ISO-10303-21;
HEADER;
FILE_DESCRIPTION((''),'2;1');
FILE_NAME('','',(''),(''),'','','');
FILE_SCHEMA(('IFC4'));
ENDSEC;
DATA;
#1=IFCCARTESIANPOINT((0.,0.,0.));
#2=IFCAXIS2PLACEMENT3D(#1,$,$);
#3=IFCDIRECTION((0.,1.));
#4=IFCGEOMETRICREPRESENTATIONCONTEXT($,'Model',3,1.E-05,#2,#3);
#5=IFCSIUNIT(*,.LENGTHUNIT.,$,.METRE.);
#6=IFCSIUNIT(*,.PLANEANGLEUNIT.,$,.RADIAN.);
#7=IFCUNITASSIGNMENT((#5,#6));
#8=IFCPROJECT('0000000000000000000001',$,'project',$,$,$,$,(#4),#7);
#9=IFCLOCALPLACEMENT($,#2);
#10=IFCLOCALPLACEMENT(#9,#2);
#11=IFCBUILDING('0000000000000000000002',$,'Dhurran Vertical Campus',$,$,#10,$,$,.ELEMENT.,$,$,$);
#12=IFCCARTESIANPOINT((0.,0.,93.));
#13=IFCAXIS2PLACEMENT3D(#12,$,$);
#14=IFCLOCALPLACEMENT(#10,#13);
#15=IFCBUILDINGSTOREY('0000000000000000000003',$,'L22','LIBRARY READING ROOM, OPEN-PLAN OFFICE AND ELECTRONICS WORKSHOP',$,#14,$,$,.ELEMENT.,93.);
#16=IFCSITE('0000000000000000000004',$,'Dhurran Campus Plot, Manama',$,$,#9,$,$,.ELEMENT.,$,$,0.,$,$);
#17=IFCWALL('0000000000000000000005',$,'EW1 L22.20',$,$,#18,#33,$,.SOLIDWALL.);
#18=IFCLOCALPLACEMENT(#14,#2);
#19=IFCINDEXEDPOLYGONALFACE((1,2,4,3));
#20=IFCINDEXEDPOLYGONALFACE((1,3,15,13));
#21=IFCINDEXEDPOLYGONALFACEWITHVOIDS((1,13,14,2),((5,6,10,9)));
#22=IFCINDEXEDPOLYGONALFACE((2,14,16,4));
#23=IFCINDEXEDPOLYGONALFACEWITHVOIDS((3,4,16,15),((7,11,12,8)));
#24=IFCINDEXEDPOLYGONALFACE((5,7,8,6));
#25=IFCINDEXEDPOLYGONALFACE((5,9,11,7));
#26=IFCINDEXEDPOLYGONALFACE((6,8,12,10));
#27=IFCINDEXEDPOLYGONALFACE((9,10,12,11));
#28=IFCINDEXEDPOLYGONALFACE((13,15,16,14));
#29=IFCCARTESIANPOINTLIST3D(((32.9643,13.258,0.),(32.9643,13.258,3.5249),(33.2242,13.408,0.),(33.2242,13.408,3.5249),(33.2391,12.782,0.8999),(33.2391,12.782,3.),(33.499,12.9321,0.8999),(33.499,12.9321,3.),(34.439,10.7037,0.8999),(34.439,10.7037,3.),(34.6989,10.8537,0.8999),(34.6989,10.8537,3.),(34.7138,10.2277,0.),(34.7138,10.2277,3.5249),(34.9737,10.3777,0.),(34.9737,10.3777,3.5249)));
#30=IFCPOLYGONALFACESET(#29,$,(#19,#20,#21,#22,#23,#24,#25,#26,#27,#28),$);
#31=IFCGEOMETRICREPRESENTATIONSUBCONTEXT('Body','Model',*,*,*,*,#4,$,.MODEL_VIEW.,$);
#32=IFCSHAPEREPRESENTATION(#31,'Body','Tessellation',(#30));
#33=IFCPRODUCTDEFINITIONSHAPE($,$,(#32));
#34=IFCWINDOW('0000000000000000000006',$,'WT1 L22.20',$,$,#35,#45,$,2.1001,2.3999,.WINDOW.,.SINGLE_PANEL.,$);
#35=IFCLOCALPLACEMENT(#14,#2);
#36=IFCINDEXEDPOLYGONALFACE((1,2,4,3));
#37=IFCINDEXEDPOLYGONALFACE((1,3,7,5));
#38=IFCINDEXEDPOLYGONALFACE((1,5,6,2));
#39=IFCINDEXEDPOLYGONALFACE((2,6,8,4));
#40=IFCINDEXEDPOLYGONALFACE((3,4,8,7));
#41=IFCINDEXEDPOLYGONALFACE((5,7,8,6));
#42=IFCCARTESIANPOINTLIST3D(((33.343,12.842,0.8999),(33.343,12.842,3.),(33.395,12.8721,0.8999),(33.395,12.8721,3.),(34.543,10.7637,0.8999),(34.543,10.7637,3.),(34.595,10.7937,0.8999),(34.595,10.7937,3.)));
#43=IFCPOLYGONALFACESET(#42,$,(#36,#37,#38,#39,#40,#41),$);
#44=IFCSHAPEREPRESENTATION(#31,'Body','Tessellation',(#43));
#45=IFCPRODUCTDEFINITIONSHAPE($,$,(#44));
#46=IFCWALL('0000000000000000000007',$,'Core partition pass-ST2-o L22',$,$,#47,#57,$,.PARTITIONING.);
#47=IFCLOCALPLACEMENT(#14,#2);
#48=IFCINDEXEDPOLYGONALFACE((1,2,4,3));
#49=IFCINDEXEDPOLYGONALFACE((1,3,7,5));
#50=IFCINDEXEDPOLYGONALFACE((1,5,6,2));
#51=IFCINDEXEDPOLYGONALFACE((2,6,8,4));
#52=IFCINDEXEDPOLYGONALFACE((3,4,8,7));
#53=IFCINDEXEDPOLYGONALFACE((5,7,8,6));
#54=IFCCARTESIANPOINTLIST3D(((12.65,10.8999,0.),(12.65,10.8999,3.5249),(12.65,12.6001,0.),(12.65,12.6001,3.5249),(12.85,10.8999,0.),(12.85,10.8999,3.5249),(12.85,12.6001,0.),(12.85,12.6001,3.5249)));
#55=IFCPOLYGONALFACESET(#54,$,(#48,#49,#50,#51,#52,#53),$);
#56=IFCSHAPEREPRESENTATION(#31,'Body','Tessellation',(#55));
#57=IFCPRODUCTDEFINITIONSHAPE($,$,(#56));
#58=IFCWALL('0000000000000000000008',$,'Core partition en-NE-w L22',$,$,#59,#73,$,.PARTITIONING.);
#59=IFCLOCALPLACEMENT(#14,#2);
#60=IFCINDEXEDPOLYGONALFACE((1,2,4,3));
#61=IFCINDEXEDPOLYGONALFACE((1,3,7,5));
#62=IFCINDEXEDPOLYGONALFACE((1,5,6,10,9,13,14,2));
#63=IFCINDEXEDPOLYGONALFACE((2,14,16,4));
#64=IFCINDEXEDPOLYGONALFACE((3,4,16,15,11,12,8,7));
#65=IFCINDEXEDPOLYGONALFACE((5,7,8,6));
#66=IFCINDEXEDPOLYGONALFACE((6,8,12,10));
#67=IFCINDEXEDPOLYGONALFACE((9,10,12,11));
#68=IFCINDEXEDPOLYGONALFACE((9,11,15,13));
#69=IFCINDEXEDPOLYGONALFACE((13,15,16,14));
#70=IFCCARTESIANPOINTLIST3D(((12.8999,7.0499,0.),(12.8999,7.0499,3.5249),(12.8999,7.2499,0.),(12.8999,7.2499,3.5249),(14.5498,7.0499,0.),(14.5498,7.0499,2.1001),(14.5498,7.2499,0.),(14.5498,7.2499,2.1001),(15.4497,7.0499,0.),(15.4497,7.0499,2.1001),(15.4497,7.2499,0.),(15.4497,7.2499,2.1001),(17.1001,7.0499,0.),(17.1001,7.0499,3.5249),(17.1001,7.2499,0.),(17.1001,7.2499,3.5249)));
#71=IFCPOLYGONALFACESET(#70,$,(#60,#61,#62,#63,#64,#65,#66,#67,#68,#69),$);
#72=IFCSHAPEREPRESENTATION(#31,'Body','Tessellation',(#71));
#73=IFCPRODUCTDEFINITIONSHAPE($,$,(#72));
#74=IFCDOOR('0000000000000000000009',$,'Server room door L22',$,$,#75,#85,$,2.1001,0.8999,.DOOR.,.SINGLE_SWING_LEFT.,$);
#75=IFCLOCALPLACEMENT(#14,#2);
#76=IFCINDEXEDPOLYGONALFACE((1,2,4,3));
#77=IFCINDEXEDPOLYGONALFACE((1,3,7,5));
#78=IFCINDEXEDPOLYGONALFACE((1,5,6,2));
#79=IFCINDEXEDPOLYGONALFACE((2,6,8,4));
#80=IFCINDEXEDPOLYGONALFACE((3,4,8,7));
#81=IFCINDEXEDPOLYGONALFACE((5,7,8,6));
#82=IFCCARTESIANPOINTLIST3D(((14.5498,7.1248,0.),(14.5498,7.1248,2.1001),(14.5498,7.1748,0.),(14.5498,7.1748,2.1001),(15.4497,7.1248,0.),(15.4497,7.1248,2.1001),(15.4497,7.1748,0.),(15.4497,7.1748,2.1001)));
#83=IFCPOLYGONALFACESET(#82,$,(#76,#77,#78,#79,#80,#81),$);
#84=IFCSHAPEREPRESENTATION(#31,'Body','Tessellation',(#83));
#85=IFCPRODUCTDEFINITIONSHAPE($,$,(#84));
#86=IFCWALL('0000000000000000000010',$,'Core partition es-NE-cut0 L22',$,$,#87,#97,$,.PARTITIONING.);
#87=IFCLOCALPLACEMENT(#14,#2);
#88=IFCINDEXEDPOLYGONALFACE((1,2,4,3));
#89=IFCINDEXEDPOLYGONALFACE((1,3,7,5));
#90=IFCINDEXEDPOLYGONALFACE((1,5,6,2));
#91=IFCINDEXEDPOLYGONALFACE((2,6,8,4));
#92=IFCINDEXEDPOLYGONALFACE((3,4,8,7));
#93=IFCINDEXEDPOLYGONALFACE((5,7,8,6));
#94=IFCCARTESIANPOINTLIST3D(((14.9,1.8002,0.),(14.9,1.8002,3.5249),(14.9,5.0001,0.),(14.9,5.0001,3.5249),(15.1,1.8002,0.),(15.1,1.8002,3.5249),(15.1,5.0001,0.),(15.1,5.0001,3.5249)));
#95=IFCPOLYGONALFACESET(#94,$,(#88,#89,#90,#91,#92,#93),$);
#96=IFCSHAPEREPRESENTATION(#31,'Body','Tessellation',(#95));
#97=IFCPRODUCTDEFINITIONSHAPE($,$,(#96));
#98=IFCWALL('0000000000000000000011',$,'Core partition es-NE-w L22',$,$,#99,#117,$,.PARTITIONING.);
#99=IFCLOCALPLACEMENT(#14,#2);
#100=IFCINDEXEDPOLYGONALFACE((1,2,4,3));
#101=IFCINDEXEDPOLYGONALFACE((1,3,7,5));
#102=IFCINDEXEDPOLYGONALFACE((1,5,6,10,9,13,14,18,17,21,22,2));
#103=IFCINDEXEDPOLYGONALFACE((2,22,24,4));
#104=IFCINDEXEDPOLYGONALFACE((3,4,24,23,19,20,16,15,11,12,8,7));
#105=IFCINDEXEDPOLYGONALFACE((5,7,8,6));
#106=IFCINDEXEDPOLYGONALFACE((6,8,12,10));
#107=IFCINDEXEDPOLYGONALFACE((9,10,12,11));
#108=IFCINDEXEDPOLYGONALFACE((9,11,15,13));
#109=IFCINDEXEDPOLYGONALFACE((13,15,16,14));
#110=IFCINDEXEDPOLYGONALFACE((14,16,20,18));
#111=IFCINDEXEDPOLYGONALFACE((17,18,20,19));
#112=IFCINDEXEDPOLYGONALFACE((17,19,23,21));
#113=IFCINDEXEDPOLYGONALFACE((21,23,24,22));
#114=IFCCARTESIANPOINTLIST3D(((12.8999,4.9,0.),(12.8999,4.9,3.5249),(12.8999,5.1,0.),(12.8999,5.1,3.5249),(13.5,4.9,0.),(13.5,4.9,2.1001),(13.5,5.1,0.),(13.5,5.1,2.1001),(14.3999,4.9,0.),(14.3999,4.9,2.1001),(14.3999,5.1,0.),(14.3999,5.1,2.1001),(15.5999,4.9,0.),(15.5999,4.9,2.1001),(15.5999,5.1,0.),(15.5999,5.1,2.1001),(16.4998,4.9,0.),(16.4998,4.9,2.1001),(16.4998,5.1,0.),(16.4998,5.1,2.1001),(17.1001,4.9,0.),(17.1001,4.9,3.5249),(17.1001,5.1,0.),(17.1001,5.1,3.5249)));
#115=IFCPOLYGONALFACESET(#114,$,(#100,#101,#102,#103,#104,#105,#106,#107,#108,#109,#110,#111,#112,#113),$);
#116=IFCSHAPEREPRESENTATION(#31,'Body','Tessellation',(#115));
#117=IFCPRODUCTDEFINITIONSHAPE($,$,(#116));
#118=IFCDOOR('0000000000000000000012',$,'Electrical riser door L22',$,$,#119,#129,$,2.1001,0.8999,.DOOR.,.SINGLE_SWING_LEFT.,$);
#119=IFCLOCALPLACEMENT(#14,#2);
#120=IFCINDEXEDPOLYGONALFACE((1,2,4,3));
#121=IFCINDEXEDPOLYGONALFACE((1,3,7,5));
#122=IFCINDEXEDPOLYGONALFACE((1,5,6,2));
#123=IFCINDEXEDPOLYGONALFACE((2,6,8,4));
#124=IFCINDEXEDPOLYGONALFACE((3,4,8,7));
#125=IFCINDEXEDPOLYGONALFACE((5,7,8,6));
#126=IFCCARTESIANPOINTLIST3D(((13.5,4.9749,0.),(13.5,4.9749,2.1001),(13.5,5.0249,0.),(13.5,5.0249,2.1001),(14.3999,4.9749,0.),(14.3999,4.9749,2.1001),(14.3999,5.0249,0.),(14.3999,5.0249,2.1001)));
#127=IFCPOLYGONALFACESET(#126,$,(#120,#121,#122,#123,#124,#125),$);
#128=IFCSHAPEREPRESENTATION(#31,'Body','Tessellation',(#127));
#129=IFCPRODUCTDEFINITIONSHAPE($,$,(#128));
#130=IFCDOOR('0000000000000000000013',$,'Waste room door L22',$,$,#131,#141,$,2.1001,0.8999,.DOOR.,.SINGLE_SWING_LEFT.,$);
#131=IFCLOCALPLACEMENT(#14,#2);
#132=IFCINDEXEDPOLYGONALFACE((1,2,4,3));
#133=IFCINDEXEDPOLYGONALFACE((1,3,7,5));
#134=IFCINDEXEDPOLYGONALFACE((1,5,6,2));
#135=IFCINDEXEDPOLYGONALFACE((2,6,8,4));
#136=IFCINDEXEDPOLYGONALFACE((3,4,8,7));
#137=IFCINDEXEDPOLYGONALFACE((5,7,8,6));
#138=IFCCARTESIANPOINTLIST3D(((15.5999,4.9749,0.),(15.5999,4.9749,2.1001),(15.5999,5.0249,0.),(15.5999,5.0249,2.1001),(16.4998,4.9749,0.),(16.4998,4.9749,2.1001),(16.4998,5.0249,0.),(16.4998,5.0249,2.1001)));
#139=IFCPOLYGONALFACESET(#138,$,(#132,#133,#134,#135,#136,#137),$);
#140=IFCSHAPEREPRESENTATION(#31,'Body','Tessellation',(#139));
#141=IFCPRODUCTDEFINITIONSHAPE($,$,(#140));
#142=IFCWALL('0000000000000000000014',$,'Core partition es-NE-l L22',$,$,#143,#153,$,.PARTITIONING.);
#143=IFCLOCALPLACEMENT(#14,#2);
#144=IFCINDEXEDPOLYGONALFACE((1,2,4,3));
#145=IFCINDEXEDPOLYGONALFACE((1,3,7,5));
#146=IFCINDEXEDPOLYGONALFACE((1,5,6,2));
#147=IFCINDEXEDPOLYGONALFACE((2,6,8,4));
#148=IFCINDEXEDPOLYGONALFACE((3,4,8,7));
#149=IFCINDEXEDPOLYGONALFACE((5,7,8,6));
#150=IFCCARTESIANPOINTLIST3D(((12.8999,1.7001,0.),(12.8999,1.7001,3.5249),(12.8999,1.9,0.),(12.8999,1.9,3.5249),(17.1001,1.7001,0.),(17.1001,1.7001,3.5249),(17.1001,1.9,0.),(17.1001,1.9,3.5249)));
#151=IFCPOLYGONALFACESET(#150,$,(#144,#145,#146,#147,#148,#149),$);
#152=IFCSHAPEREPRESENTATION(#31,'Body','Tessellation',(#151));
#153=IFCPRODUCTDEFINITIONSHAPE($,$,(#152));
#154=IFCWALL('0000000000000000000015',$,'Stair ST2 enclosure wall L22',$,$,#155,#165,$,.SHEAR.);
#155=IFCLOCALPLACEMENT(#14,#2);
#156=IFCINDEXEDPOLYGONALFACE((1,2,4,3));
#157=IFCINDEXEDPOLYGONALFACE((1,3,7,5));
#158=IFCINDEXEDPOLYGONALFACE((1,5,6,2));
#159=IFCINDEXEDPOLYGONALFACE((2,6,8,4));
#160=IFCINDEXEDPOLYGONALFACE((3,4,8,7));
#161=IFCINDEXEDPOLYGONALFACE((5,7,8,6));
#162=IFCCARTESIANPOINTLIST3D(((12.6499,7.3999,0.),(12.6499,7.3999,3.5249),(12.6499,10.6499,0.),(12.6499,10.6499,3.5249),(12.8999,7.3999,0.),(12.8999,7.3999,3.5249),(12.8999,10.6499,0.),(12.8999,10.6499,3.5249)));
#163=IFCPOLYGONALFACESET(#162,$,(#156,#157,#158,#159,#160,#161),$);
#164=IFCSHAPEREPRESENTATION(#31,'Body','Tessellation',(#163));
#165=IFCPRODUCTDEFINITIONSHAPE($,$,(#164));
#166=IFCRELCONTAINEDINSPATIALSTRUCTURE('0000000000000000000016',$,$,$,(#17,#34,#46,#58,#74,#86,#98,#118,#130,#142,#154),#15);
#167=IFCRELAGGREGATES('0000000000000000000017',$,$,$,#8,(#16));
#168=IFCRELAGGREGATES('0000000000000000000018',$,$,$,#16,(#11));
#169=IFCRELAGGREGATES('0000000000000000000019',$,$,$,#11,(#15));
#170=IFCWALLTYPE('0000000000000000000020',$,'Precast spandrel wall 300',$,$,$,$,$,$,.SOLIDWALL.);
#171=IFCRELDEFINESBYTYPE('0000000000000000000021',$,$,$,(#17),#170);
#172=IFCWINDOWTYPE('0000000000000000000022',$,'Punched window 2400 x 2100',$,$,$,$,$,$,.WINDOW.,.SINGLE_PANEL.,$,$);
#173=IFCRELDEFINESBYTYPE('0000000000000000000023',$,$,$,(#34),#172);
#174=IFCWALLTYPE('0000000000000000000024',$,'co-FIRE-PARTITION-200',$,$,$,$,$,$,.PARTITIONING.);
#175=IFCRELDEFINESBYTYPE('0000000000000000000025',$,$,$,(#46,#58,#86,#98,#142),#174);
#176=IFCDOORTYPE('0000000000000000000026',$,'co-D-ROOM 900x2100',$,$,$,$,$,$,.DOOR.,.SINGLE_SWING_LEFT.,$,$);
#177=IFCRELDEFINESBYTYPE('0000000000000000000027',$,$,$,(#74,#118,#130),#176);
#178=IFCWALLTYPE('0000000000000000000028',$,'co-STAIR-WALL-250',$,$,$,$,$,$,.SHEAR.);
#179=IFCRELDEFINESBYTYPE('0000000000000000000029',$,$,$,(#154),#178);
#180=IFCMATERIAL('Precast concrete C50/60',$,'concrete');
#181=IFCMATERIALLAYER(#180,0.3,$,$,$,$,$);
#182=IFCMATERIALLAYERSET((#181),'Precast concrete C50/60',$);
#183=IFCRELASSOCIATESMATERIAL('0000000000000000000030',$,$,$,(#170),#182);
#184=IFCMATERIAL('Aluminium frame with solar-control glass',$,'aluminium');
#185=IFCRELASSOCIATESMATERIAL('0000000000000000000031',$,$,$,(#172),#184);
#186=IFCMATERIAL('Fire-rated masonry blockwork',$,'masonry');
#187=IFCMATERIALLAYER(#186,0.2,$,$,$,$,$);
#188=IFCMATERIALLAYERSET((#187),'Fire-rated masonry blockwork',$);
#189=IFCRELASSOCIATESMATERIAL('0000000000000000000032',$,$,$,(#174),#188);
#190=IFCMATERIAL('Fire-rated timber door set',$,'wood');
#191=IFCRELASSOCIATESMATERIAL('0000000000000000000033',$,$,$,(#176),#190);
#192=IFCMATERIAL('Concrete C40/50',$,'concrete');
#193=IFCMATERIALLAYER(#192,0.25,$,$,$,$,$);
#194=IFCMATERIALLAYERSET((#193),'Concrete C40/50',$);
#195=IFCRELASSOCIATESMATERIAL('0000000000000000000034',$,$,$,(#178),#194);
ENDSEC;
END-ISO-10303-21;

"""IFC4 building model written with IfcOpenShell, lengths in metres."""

from ifc_helpers import new_model, si_unit, direction, frame, frame_2d, origin, place, context, subcontext, project, spatial, rectangle, extrude, material, layer, layer_set, type_object, element, fill, save


model = new_model("IFC4")

# Units and contexts
model_context = context("Model", 3, precision=1e-05, world=origin(), true_north=direction((0.0, 1.0)))
body_context = subcontext(model_context, "Body", "Model", "MODEL_VIEW")
ifc_project = project(units=[si_unit("LENGTHUNIT", "METRE"), si_unit("PLANEANGLEUNIT", "RADIAN")], contexts=[model_context])

# Site, building, storey
site_placement = place(None, origin())
site = spatial("IfcSite", under=ifc_project, at=site_placement, Name="Dhurran Campus Plot, Manama", CompositionType="ELEMENT", RefElevation=0.0)
building_placement = place(site_placement, origin())
building = spatial("IfcBuilding", under=site, at=building_placement, Name="Dhurran Vertical Campus", CompositionType="ELEMENT")
storey_placement = place(building_placement, frame((0.0, 0.0, 93.0)))
storey = spatial("IfcBuildingStorey", under=building, at=storey_placement, Name="L22", Description="LIBRARY READING ROOM, OPEN-PLAN OFFICE AND ELECTRONICS WORKSHOP", CompositionType="ELEMENT", Elevation=93.0)

# Wall, opening, window
ifc_material_1 = material(Name="Precast concrete C50/60", Category="concrete")
ifc_layer_1 = layer(ifc_material_1, 0.3)
ifc_layer_set_1 = layer_set([ifc_layer_1], Name="Precast concrete C50/60")
wall_type_1 = type_object("IfcWallType", Name="Precast spandrel wall 300", PredefinedType="SOLIDWALL", material=ifc_layer_set_1)
ifc_material_2 = material(Name="Aluminium frame with solar-control glass", Category="aluminium")
window_type = type_object("IfcWindowType", Name="Punched window 2400 x 2100", PartitioningType="SINGLE_PANEL", PredefinedType="WINDOW", material=ifc_material_2)
wall_1_placement = place(storey_placement, frame((34.8438, 10.3027, 0.0), z_axis=(0.0, 0.0, 1.0), x_axis=(-0.499996, 0.866028, 0.0)))
wall_1 = element("IfcWall", 1, at=wall_1_placement, inside=storey, type_object=wall_type_1, Name="EW1 L22.20", PredefinedType="SOLIDWALL", context=body_context, shape_type="SweptSolid", body=[
    extrude(rectangle(XDim=3.499, YDim=0.3, at=frame_2d((1.7495, 0.0))), origin(), (0.0, 0.0, 1.0), 3.5249),
])
opening_1_placement = place(wall_1_placement, frame((0.5496, 0.0, 0.8999)))
opening_1 = element("IfcOpeningElement", 2, at=opening_1_placement, cuts=wall_1, PredefinedType="OPENING", context=body_context, shape_type="SweptSolid", body=[
    extrude(rectangle(XDim=2.3999, YDim=2.1001, at=frame_2d((1.2, 1.05))), frame((0.0, 0.1599, 0.0), z_axis=(0.0, -1.0, 0.0), x_axis=(1.0, 0.0, 0.0)), (0.0, 0.0, 1.0), 0.3201),
])
window_1_placement = place(opening_1_placement, origin())
window_1 = element("IfcWindow", 3, at=window_1_placement, inside=storey, type_object=window_type, Name="WT1 L22.20", OverallHeight=2.1001, OverallWidth=2.3999, PartitioningType="SINGLE_PANEL", PredefinedType="WINDOW", context=body_context, shape_type="SweptSolid", body=[
    extrude(rectangle(XDim=2.3999, YDim=2.1001, at=frame_2d((1.2, 1.05))), frame((0.0, 0.03, 0.0), z_axis=(0.0, -1.0, 0.0), x_axis=(1.0, 0.0, 0.0)), (0.0, 0.0, 1.0), 0.0601),
])
fill(opening_1, window_1)

# Wall
ifc_material_3 = material(Name="Fire-rated masonry blockwork", Category="masonry")
ifc_layer_2 = layer(ifc_material_3, 0.2)
ifc_layer_set_2 = layer_set([ifc_layer_2], Name="Fire-rated masonry blockwork")
wall_type_2 = type_object("IfcWallType", Name="co-FIRE-PARTITION-200", PredefinedType="PARTITIONING", material=ifc_layer_set_2)
wall_2_placement = place(storey_placement, frame((12.75, 10.8999, 0.0), z_axis=(0.0, 0.0, 1.0), x_axis=(0.0, 1.0, 0.0)))
element("IfcWall", 4, at=wall_2_placement, inside=storey, type_object=wall_type_2, Name="Core partition pass-ST2-o L22", PredefinedType="PARTITIONING", context=body_context, shape_type="SweptSolid", body=[
    extrude(rectangle(XDim=1.7002, YDim=0.2, at=frame_2d((0.8501, 0.0))), origin(), (0.0, 0.0, 1.0), 3.5249),
])

# Wall, opening, door
wall_3_placement = place(storey_placement, frame((12.8999, 7.1499, 0.0), z_axis=(0.0, 0.0, 1.0), x_axis=(1.0, 0.0, 0.0)))
wall_3 = element("IfcWall", 5, at=wall_3_placement, inside=storey, type_object=wall_type_2, Name="Core partition en-NE-w L22", PredefinedType="PARTITIONING", context=body_context, shape_type="SweptSolid", body=[
    extrude(rectangle(XDim=4.2002, YDim=0.2, at=frame_2d((2.1001, 0.0))), origin(), (0.0, 0.0, 1.0), 3.5249),
])
opening_2_placement = place(wall_3_placement, frame((1.6499, 0.0, 0.0)))
opening_2 = element("IfcOpeningElement", 6, at=opening_2_placement, cuts=wall_3, PredefinedType="OPENING", context=body_context, shape_type="SweptSolid", body=[
    extrude(rectangle(XDim=0.8999, YDim=2.1001, at=frame_2d((0.45, 1.05))), frame((0.0, 0.1099, 0.0), z_axis=(0.0, -1.0, 0.0), x_axis=(1.0, 0.0, 0.0)), (0.0, 0.0, 1.0), 0.22),
])
ifc_material_4 = material(Name="Fire-rated timber door set", Category="wood")
door_type_1 = type_object("IfcDoorType", Name="co-D-ROOM 900x2100", OperationType="SINGLE_SWING_LEFT", PredefinedType="DOOR", material=ifc_material_4)
door_1_placement = place(opening_2_placement, origin())
door_1 = element("IfcDoor", 7, at=door_1_placement, inside=storey, type_object=door_type_1, Name="Server room door L22", OperationType="SINGLE_SWING_LEFT", OverallHeight=2.1001, OverallWidth=0.8999, PredefinedType="DOOR", context=body_context, shape_type="SweptSolid", body=[
    extrude(rectangle(XDim=0.8999, YDim=2.1001, at=frame_2d((0.45, 1.05))), frame((0.0, 0.0249, 0.0), z_axis=(0.0, -1.0, 0.0), x_axis=(1.0, 0.0, 0.0)), (0.0, 0.0, 1.0), 0.05),
])
fill(opening_2, door_1)

# Wall
wall_4_placement = place(storey_placement, frame((15.0, 1.8, 0.0), z_axis=(0.0, 0.0, 1.0), x_axis=(0.0, 1.0, 0.0)))
element("IfcWall", 8, at=wall_4_placement, inside=storey, type_object=wall_type_2, Name="Core partition es-NE-cut0 L22", PredefinedType="PARTITIONING", context=body_context, shape_type="SweptSolid", body=[
    extrude(rectangle(XDim=3.2, YDim=0.2, at=frame_2d((1.6001, 0.0))), origin(), (0.0, 0.0, 1.0), 3.5249),
])

# Wall, openings, doors
wall_5_placement = place(storey_placement, frame((12.8999, 5.0, 0.0), z_axis=(0.0, 0.0, 1.0), x_axis=(1.0, 0.0, 0.0)))
wall_5 = element("IfcWall", 9, at=wall_5_placement, inside=storey, type_object=wall_type_2, Name="Core partition es-NE-w L22", PredefinedType="PARTITIONING", context=body_context, shape_type="SweptSolid", body=[
    extrude(rectangle(XDim=4.2002, YDim=0.2, at=frame_2d((2.1001, 0.0))), origin(), (0.0, 0.0, 1.0), 3.5249),
])
opening_3_placement = place(wall_5_placement, frame((0.6001, 0.0, 0.0)))
opening_3 = element("IfcOpeningElement", 10, at=opening_3_placement, cuts=wall_5, PredefinedType="OPENING", context=body_context, shape_type="SweptSolid", body=[
    extrude(rectangle(XDim=0.8999, YDim=2.1001, at=frame_2d((0.45, 1.05))), frame((0.0, 0.1099, 0.0), z_axis=(0.0, -1.0, 0.0), x_axis=(1.0, 0.0, 0.0)), (0.0, 0.0, 1.0), 0.22),
])
opening_4_placement = place(wall_5_placement, frame((2.7, 0.0, 0.0)))
opening_4 = element("IfcOpeningElement", 11, at=opening_4_placement, cuts=wall_5, PredefinedType="OPENING", context=body_context, shape_type="SweptSolid", body=[
    extrude(rectangle(XDim=0.8999, YDim=2.1001, at=frame_2d((0.45, 1.05))), frame((0.0, 0.1099, 0.0), z_axis=(0.0, -1.0, 0.0), x_axis=(1.0, 0.0, 0.0)), (0.0, 0.0, 1.0), 0.22),
])
door_2_placement = place(opening_3_placement, origin())
door_2 = element("IfcDoor", 12, at=door_2_placement, inside=storey, type_object=door_type_1, Name="Electrical riser door L22", OperationType="SINGLE_SWING_LEFT", OverallHeight=2.1001, OverallWidth=0.8999, PredefinedType="DOOR", context=body_context, shape_type="SweptSolid", body=[
    extrude(rectangle(XDim=0.8999, YDim=2.1001, at=frame_2d((0.45, 1.05))), frame((0.0, 0.0249, 0.0), z_axis=(0.0, -1.0, 0.0), x_axis=(1.0, 0.0, 0.0)), (0.0, 0.0, 1.0), 0.05),
])
fill(opening_3, door_2)
door_3_placement = place(opening_4_placement, origin())
door_3 = element("IfcDoor", 13, at=door_3_placement, inside=storey, type_object=door_type_1, Name="Waste room door L22", OperationType="SINGLE_SWING_LEFT", OverallHeight=2.1001, OverallWidth=0.8999, PredefinedType="DOOR", context=body_context, shape_type="SweptSolid", body=[
    extrude(rectangle(XDim=0.8999, YDim=2.1001, at=frame_2d((0.45, 1.05))), frame((0.0, 0.0249, 0.0), z_axis=(0.0, -1.0, 0.0), x_axis=(1.0, 0.0, 0.0)), (0.0, 0.0, 1.0), 0.05),
])
fill(opening_4, door_3)

# Walls
wall_6_placement = place(storey_placement, frame((12.8999, 1.8, 0.0), z_axis=(0.0, 0.0, 1.0), x_axis=(1.0, 0.0, 0.0)))
element("IfcWall", 14, at=wall_6_placement, inside=storey, type_object=wall_type_2, Name="Core partition es-NE-l L22", PredefinedType="PARTITIONING", context=body_context, shape_type="SweptSolid", body=[
    extrude(rectangle(XDim=4.2002, YDim=0.2, at=frame_2d((2.1001, 0.0))), origin(), (0.0, 0.0, 1.0), 3.5249),
])
ifc_material_5 = material(Name="Concrete C40/50", Category="concrete")
ifc_layer_3 = layer(ifc_material_5, 0.25)
ifc_layer_set_3 = layer_set([ifc_layer_3], Name="Concrete C40/50")
wall_type_3 = type_object("IfcWallType", Name="co-STAIR-WALL-250", PredefinedType="SHEAR", material=ifc_layer_set_3)
wall_7_placement = place(storey_placement, frame((12.7749, 7.3999, 0.0), z_axis=(0.0, 0.0, 1.0), x_axis=(0.0, 1.0, 0.0)))
element("IfcWall", 15, at=wall_7_placement, inside=storey, type_object=wall_type_3, Name="Stair ST2 enclosure wall L22", PredefinedType="SHEAR", context=body_context, shape_type="SweptSolid", body=[
    extrude(rectangle(XDim=3.25, YDim=0.25, at=frame_2d((1.625, 0.0))), origin(), (0.0, 0.0, 1.0), 3.5249),
])

save(model, "model.ifc")
